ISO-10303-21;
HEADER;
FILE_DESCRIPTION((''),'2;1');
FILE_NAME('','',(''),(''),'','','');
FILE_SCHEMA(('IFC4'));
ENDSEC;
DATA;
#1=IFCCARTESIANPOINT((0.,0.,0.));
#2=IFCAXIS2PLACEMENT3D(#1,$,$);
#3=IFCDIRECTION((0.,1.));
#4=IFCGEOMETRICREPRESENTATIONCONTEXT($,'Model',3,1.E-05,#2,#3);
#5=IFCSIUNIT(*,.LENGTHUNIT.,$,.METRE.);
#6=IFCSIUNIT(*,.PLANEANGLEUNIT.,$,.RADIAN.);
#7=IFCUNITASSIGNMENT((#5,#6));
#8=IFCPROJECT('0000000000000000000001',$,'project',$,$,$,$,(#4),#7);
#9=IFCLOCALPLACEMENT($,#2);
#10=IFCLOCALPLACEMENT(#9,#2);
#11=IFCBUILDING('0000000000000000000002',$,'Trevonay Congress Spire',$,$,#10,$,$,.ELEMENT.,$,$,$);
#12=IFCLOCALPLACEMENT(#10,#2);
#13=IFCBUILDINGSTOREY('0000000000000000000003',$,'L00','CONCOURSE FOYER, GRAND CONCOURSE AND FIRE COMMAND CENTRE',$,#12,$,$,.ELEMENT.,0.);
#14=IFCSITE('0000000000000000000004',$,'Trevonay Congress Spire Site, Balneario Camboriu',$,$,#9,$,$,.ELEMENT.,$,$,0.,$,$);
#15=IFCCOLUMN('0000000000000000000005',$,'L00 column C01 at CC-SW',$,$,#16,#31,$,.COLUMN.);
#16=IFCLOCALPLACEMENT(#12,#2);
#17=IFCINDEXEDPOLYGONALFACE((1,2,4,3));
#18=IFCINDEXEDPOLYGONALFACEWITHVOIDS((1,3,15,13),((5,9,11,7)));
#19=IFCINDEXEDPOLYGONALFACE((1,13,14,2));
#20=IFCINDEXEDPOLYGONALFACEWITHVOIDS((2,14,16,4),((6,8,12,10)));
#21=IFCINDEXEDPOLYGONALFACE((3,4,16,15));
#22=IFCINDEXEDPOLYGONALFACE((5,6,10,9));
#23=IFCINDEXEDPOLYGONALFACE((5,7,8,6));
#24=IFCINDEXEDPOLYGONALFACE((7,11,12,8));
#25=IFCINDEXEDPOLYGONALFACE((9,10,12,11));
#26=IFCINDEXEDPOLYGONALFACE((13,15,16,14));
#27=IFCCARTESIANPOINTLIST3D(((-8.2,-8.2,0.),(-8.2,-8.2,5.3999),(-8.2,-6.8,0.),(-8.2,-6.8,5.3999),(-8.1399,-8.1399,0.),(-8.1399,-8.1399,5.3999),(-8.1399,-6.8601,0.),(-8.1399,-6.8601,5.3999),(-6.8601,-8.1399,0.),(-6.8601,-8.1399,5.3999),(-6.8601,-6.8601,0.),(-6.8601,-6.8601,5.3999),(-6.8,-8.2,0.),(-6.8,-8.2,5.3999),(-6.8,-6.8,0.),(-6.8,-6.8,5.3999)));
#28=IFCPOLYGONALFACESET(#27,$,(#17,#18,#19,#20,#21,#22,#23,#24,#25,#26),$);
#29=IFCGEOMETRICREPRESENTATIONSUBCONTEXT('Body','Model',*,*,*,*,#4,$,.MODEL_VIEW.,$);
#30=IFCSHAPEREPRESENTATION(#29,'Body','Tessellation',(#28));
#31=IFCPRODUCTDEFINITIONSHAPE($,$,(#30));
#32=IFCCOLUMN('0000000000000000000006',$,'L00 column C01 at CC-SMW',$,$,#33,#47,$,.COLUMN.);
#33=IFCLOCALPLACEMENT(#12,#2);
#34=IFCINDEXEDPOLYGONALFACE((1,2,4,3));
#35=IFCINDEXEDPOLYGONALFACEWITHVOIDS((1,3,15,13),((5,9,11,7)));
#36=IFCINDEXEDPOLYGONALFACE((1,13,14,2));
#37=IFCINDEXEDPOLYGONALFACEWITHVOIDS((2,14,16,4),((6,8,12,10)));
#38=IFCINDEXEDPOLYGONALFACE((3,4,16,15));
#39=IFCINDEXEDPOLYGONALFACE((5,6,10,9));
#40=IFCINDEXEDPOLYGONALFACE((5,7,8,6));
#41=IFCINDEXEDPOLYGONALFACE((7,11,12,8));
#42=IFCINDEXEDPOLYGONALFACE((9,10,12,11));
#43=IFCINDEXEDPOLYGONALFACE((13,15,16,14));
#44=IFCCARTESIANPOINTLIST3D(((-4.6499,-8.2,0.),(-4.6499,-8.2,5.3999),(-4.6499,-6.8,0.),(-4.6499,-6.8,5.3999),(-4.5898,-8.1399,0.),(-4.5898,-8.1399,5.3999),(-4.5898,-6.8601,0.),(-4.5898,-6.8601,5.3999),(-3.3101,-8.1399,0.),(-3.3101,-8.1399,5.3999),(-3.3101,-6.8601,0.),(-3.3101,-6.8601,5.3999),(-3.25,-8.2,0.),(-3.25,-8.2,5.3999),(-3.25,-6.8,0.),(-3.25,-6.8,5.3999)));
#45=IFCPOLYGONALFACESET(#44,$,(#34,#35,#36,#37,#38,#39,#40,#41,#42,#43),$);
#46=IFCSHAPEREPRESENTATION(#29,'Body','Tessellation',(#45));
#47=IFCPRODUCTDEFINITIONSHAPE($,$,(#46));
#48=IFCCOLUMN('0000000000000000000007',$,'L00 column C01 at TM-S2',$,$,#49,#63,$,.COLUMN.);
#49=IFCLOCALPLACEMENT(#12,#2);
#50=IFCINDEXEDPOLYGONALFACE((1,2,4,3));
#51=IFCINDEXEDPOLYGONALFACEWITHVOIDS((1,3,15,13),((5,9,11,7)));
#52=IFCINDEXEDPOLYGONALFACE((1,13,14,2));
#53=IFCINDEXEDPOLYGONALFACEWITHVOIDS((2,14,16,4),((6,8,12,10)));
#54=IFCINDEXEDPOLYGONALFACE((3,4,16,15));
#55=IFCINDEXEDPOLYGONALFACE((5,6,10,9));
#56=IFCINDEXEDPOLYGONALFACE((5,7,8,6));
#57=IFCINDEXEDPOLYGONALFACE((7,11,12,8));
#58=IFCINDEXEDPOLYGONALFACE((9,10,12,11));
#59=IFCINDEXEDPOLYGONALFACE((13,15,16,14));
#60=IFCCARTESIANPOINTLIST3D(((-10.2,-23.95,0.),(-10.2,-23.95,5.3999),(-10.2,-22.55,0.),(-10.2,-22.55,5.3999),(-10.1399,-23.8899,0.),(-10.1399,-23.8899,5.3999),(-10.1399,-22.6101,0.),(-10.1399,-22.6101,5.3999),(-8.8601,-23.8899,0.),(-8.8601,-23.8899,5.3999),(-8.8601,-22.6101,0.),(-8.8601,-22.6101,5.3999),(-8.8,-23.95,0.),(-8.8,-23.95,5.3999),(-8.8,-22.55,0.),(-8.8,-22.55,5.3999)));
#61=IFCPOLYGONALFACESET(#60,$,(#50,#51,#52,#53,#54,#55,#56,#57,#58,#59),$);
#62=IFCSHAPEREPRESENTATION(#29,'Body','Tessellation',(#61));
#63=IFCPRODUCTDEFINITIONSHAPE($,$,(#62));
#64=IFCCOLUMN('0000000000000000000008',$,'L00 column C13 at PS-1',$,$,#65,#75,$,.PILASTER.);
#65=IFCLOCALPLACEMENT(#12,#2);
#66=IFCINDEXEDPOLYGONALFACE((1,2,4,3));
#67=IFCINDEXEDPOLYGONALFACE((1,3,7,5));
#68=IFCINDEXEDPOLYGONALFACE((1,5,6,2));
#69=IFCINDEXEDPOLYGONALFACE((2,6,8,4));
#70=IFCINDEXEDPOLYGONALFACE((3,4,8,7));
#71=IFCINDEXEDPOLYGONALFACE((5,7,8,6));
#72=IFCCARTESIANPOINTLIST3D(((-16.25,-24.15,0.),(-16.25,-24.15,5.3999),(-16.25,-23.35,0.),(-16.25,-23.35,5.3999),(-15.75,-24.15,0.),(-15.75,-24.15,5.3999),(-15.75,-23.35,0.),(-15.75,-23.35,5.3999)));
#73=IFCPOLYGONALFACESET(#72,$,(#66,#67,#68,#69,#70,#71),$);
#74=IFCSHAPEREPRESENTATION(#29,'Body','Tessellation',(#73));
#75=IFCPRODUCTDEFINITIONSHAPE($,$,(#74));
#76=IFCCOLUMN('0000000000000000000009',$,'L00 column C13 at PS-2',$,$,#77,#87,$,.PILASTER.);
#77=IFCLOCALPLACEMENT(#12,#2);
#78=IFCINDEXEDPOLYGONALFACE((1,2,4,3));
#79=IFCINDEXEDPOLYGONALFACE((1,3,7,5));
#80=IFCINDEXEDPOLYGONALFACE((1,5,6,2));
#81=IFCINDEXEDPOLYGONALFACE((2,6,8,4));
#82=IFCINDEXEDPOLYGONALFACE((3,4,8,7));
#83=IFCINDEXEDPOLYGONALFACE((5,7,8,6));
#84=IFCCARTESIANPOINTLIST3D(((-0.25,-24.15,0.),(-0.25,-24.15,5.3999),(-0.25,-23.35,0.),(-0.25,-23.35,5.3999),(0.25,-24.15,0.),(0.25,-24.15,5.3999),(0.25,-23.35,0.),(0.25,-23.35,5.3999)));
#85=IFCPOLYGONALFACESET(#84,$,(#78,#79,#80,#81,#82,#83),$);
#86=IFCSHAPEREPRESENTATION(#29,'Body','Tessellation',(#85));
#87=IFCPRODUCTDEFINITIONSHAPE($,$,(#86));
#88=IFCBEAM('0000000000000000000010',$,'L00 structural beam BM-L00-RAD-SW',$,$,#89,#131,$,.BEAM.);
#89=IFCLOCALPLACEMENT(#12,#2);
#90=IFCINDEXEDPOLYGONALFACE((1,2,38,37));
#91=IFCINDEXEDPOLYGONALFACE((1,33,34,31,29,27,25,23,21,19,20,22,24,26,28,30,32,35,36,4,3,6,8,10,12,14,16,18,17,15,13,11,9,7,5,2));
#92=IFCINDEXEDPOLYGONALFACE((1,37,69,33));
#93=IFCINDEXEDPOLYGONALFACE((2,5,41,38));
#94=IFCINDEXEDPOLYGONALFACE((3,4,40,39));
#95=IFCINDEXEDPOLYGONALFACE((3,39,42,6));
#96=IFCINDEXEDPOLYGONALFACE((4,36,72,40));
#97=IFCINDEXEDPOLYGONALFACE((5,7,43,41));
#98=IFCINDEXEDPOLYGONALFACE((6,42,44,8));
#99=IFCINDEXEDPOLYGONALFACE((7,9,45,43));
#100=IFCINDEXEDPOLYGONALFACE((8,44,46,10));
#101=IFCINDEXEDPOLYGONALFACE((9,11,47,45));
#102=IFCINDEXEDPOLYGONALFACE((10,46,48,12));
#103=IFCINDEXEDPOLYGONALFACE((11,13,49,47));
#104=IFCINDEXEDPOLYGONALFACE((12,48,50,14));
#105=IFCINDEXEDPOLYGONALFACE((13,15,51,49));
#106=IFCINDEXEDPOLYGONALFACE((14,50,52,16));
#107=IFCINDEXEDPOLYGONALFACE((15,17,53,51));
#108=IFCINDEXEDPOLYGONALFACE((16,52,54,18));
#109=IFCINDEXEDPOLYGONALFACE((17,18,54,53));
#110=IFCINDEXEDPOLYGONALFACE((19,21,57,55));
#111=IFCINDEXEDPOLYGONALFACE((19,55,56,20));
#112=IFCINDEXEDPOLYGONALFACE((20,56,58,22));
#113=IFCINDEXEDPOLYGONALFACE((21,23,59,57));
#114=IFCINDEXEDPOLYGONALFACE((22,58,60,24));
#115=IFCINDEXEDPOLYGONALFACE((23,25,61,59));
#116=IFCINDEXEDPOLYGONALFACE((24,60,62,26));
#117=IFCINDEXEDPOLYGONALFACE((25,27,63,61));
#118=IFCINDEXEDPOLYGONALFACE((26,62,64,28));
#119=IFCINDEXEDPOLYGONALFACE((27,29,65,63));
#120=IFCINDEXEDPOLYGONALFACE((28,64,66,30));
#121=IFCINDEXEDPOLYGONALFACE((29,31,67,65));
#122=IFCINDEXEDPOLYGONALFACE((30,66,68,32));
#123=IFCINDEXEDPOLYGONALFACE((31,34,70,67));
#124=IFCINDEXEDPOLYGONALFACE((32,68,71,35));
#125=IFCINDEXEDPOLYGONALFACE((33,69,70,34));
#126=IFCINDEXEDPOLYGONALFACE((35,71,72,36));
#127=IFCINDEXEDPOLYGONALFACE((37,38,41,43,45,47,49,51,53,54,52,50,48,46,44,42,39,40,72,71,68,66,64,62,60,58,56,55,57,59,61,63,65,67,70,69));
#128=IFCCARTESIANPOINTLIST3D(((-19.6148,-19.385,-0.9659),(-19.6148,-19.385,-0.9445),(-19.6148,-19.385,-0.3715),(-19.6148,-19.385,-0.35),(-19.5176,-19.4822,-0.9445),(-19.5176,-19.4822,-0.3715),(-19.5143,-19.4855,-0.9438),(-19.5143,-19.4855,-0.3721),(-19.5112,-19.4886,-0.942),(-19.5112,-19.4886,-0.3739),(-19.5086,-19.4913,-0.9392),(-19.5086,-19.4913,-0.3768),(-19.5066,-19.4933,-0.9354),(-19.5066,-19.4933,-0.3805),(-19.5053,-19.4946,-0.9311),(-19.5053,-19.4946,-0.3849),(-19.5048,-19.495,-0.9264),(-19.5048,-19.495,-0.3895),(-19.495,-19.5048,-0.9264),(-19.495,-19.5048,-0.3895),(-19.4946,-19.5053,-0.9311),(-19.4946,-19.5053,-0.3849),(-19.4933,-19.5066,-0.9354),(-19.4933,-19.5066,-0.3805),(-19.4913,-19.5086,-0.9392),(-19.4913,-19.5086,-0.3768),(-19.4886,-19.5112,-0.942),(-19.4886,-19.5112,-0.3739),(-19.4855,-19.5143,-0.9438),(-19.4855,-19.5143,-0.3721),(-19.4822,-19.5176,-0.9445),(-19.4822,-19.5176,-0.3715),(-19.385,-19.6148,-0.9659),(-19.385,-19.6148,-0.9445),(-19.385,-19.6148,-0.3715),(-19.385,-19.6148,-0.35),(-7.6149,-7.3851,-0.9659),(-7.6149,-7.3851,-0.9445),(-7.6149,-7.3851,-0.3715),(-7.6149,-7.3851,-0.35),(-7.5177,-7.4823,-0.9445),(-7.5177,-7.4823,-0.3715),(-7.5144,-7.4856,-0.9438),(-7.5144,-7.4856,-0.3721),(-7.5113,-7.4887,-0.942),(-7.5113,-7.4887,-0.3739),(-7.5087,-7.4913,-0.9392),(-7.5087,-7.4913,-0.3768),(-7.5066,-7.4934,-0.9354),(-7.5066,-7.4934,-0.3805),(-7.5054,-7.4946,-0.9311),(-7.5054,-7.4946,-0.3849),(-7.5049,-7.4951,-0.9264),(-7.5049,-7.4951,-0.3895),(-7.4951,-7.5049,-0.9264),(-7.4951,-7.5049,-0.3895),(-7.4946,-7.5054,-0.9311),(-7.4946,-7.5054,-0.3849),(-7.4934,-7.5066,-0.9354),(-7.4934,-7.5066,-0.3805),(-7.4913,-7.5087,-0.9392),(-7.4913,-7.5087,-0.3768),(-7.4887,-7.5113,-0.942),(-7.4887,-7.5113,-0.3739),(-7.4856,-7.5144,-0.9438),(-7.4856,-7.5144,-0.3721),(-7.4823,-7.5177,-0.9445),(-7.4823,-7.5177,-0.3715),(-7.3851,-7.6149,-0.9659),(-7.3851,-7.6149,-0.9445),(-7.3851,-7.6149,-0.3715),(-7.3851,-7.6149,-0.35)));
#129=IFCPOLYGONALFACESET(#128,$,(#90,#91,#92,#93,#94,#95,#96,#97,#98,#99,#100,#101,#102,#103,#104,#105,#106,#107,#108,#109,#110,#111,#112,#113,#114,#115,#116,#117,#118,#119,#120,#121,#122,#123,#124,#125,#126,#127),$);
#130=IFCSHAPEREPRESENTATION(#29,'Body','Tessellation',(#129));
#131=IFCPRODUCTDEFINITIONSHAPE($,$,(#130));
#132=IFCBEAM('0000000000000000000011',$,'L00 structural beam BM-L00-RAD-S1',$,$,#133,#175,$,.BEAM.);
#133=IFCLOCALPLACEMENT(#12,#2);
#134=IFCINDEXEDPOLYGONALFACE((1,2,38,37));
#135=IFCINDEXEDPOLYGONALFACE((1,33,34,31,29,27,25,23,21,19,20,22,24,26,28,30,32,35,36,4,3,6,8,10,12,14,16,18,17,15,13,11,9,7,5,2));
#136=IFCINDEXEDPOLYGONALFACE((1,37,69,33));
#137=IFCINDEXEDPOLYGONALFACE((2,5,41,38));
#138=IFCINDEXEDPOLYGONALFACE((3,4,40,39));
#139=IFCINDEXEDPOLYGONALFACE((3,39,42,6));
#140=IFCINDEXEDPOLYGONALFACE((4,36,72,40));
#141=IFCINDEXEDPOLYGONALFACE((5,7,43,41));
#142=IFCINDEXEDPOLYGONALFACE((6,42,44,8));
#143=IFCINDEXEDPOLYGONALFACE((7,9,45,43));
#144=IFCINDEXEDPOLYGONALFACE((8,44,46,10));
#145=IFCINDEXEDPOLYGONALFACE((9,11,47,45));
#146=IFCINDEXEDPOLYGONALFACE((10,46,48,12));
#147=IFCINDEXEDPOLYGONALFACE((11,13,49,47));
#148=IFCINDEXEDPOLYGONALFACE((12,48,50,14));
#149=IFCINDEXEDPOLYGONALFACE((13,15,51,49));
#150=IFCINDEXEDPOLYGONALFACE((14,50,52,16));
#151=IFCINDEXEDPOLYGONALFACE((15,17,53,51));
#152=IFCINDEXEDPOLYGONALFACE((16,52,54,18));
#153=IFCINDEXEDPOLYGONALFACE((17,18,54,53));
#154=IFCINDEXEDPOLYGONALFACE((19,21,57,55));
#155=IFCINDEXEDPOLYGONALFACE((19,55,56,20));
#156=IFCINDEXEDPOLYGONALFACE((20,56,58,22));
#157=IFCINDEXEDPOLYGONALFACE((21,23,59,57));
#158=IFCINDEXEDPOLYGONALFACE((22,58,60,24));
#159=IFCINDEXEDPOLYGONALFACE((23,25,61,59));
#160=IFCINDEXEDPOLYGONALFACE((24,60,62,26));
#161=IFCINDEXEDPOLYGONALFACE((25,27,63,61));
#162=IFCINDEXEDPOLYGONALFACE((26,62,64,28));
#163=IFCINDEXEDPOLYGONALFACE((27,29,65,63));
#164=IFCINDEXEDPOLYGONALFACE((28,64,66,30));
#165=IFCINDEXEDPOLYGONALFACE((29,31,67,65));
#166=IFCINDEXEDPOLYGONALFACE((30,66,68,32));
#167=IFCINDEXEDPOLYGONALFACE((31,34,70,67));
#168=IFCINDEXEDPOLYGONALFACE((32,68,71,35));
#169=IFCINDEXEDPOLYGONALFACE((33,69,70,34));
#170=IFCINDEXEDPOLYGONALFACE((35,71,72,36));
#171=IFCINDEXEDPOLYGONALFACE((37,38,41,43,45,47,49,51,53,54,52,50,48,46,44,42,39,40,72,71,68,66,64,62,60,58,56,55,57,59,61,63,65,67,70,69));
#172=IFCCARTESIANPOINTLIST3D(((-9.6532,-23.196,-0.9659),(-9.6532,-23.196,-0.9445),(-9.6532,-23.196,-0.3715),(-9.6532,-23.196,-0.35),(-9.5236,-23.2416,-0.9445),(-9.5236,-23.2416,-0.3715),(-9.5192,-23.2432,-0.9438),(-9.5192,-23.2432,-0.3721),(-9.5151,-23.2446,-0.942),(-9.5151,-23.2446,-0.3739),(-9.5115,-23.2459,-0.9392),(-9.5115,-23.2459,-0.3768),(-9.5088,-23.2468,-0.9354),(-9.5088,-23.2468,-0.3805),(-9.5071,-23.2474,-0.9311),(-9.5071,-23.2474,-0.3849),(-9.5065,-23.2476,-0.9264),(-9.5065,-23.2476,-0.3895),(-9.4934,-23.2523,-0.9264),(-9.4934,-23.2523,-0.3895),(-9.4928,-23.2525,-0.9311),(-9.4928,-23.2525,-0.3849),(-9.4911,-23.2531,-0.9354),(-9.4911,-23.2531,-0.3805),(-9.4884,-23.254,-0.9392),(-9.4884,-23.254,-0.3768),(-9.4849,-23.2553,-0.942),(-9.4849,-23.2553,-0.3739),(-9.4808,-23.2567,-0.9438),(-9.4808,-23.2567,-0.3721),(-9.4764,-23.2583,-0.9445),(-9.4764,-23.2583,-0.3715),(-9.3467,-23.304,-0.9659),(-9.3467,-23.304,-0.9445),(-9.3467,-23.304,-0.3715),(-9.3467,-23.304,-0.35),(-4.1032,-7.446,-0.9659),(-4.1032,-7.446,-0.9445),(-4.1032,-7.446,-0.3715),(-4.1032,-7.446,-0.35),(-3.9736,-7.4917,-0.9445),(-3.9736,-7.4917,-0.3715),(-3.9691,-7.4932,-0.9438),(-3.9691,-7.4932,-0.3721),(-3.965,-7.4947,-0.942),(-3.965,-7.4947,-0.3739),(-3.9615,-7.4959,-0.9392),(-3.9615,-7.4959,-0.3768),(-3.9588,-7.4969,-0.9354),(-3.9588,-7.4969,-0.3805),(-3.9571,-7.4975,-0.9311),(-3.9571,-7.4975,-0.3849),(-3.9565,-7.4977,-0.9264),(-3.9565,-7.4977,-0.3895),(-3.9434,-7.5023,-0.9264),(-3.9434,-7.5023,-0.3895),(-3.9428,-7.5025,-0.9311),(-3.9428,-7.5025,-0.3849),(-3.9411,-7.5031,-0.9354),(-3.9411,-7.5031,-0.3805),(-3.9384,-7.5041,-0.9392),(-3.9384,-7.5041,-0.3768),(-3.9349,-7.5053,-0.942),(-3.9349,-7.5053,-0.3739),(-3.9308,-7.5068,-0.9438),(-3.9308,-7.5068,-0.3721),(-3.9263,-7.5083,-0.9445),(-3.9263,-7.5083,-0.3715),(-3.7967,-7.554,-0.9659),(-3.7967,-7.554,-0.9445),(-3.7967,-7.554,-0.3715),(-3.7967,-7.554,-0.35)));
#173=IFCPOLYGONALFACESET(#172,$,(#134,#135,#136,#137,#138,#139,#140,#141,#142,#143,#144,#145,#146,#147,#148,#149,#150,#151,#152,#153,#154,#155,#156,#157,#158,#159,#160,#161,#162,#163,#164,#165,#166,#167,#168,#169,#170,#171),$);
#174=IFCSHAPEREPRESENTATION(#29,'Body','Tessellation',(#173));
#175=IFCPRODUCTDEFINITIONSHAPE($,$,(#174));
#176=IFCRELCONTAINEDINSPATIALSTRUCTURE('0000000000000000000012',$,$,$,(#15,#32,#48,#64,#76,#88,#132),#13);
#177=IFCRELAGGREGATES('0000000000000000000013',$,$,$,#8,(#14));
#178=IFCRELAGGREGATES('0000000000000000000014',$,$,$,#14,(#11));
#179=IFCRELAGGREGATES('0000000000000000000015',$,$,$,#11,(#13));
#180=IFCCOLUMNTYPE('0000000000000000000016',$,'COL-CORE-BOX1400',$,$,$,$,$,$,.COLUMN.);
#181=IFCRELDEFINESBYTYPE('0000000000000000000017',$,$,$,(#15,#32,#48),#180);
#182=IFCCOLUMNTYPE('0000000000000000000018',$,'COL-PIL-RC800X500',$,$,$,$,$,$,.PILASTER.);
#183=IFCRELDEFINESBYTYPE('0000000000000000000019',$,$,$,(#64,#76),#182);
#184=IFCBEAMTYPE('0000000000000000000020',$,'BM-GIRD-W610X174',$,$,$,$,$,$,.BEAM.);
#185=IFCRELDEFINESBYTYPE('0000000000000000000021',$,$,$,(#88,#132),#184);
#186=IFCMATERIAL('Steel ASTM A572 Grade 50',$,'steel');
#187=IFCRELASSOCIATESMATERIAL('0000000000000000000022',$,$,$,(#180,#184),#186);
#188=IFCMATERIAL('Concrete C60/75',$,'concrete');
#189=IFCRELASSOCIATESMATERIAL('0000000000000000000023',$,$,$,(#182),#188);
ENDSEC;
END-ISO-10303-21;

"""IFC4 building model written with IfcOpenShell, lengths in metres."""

from ifc_helpers import new_model, si_unit, direction, frame, origin, origin_2d, place, context, subcontext, project, spatial, rectangle, hollow_rectangle, i_section, extrude, material, material_profile, profile_set, type_object, element, save


model = new_model("IFC4")

# Units and contexts
model_context = context("Model", 3, precision=1e-05, world=origin(), true_north=direction((0.0, 1.0)))
body_context = subcontext(model_context, "Body", "Model", "MODEL_VIEW")
ifc_project = project(units=[si_unit("LENGTHUNIT", "METRE"), si_unit("PLANEANGLEUNIT", "RADIAN")], contexts=[model_context])

# Site, building, storey
site_placement = place(None, origin())
site = spatial("IfcSite", under=ifc_project, at=site_placement, Name="Trevonay Congress Spire Site, Balneario Camboriu", CompositionType="ELEMENT", RefElevation=0.0)
building_placement = place(site_placement, origin())
building = spatial("IfcBuilding", under=site, at=building_placement, Name="Trevonay Congress Spire", CompositionType="ELEMENT")
storey_placement = place(building_placement, origin())
storey = spatial("IfcBuildingStorey", under=building, at=storey_placement, Name="L00", Description="CONCOURSE FOYER, GRAND CONCOURSE AND FIRE COMMAND CENTRE", CompositionType="ELEMENT", Elevation=0.0)

# Columns
ifc_material_1 = material(Name="Steel ASTM A572 Grade 50", Category="steel")
ifc_material_profile_1 = material_profile(ifc_material_1, hollow_rectangle(XDim=1.3999, YDim=1.3999, WallThickness=0.0601, at=origin_2d()), Name="BOX 1400x1400x60")
ifc_profile_set_1 = profile_set([ifc_material_profile_1], Name="Steel ASTM A572 Grade 50")
column_type_1 = type_object("IfcColumnType", Name="COL-CORE-BOX1400", PredefinedType="COLUMN", material=ifc_profile_set_1)
for number, where, z_axis, x_axis, name in (
    (1, (-7.5, -7.5, 0.0), (0.0, 0.0, 1.0), (1.0, 0.0, 0.0), "L00 column C01 at CC-SW"),
    (2, (-3.95, -7.5, 0.0), (0.0, 0.0, 1.0), (1.0, 0.0, 0.0), "L00 column C01 at CC-SMW"),
    (3, (-9.5, -23.25, 0.0), (0.0, 0.0, 1.0), (1.0, 0.0, 0.0), "L00 column C01 at TM-S2"),
):
    element("IfcColumn", number, at=place(storey_placement, frame(where, z_axis=z_axis, x_axis=x_axis)), inside=storey, type_object=column_type_1, Name=name, PredefinedType="COLUMN", context=body_context, shape_type="SweptSolid", body=[
        extrude(hollow_rectangle(XDim=1.3999, YDim=1.3999, WallThickness=0.0601, at=origin_2d()), origin(), (0.0, 0.0, 1.0), 5.3999),
    ])
ifc_material_2 = material(Name="Concrete C60/75", Category="concrete")
ifc_material_profile_2 = material_profile(ifc_material_2, rectangle(XDim=0.5, YDim=0.8, at=origin_2d()), Name="RC 800x500")
ifc_profile_set_2 = profile_set([ifc_material_profile_2], Name="Concrete C60/75")
column_type_2 = type_object("IfcColumnType", Name="COL-PIL-RC800X500", PredefinedType="PILASTER", material=ifc_profile_set_2)
for number, where, z_axis, x_axis, name in (
    (4, (-16.0, -23.75, 0.0), (0.0, 0.0, 1.0), (1.0, 0.0, 0.0), "L00 column C13 at PS-1"),
    (5, (0.0, -23.75, 0.0), (0.0, 0.0, 1.0), (1.0, 0.0, 0.0), "L00 column C13 at PS-2"),
):
    element("IfcColumn", number, at=place(storey_placement, frame(where, z_axis=z_axis, x_axis=x_axis)), inside=storey, type_object=column_type_2, Name=name, PredefinedType="PILASTER", context=body_context, shape_type="SweptSolid", body=[
        extrude(rectangle(XDim=0.5, YDim=0.8, at=origin_2d()), origin(), (0.0, 0.0, 1.0), 5.3999),
    ])

# Beams
ifc_material_profile_3 = material_profile(ifc_material_1, i_section(OverallWidth=0.325, OverallDepth=0.616, WebThickness=0.0139, FlangeThickness=0.0215, FilletRadius=0.0181, at=origin_2d()), Name="W610x174")
ifc_profile_set_3 = profile_set([ifc_material_profile_3], Name="Steel ASTM A572 Grade 50")
beam_type_1 = type_object("IfcBeamType", Name="BM-GIRD-W610X174", PredefinedType="BEAM", material=ifc_profile_set_3)
beam_1_placement = place(storey_placement, frame((-7.5, -7.5, -0.658), z_axis=(-0.707107, -0.707107, 0.0), x_axis=(0.707107, -0.707107, 0.0)))
element("IfcBeam", 6, at=beam_1_placement, inside=storey, type_object=beam_type_1, Name="L00 structural beam BM-L00-RAD-SW", PredefinedType="BEAM", context=body_context, shape_type="SweptSolid", body=[
    extrude(i_section(OverallWidth=0.325, OverallDepth=0.616, WebThickness=0.0139, FlangeThickness=0.0215, FilletRadius=0.0181, at=origin_2d()), origin(), (0.0, 0.0, 1.0), 16.9705),
])
beam_2_placement = place(storey_placement, frame((-3.95, -7.5, -0.658), z_axis=(-0.332353, -0.943155, 0.0), x_axis=(0.943155, -0.332353, 0.0)))
element("IfcBeam", 7, at=beam_2_placement, inside=storey, type_object=beam_type_1, Name="L00 structural beam BM-L00-RAD-S1", PredefinedType="BEAM", context=body_context, shape_type="SweptSolid", body=[
    extrude(i_section(OverallWidth=0.325, OverallDepth=0.616, WebThickness=0.0139, FlangeThickness=0.0215, FilletRadius=0.0181, at=origin_2d()), origin(), (0.0, 0.0, 1.0), 16.6992),
])

save(model, "model.ifc")
